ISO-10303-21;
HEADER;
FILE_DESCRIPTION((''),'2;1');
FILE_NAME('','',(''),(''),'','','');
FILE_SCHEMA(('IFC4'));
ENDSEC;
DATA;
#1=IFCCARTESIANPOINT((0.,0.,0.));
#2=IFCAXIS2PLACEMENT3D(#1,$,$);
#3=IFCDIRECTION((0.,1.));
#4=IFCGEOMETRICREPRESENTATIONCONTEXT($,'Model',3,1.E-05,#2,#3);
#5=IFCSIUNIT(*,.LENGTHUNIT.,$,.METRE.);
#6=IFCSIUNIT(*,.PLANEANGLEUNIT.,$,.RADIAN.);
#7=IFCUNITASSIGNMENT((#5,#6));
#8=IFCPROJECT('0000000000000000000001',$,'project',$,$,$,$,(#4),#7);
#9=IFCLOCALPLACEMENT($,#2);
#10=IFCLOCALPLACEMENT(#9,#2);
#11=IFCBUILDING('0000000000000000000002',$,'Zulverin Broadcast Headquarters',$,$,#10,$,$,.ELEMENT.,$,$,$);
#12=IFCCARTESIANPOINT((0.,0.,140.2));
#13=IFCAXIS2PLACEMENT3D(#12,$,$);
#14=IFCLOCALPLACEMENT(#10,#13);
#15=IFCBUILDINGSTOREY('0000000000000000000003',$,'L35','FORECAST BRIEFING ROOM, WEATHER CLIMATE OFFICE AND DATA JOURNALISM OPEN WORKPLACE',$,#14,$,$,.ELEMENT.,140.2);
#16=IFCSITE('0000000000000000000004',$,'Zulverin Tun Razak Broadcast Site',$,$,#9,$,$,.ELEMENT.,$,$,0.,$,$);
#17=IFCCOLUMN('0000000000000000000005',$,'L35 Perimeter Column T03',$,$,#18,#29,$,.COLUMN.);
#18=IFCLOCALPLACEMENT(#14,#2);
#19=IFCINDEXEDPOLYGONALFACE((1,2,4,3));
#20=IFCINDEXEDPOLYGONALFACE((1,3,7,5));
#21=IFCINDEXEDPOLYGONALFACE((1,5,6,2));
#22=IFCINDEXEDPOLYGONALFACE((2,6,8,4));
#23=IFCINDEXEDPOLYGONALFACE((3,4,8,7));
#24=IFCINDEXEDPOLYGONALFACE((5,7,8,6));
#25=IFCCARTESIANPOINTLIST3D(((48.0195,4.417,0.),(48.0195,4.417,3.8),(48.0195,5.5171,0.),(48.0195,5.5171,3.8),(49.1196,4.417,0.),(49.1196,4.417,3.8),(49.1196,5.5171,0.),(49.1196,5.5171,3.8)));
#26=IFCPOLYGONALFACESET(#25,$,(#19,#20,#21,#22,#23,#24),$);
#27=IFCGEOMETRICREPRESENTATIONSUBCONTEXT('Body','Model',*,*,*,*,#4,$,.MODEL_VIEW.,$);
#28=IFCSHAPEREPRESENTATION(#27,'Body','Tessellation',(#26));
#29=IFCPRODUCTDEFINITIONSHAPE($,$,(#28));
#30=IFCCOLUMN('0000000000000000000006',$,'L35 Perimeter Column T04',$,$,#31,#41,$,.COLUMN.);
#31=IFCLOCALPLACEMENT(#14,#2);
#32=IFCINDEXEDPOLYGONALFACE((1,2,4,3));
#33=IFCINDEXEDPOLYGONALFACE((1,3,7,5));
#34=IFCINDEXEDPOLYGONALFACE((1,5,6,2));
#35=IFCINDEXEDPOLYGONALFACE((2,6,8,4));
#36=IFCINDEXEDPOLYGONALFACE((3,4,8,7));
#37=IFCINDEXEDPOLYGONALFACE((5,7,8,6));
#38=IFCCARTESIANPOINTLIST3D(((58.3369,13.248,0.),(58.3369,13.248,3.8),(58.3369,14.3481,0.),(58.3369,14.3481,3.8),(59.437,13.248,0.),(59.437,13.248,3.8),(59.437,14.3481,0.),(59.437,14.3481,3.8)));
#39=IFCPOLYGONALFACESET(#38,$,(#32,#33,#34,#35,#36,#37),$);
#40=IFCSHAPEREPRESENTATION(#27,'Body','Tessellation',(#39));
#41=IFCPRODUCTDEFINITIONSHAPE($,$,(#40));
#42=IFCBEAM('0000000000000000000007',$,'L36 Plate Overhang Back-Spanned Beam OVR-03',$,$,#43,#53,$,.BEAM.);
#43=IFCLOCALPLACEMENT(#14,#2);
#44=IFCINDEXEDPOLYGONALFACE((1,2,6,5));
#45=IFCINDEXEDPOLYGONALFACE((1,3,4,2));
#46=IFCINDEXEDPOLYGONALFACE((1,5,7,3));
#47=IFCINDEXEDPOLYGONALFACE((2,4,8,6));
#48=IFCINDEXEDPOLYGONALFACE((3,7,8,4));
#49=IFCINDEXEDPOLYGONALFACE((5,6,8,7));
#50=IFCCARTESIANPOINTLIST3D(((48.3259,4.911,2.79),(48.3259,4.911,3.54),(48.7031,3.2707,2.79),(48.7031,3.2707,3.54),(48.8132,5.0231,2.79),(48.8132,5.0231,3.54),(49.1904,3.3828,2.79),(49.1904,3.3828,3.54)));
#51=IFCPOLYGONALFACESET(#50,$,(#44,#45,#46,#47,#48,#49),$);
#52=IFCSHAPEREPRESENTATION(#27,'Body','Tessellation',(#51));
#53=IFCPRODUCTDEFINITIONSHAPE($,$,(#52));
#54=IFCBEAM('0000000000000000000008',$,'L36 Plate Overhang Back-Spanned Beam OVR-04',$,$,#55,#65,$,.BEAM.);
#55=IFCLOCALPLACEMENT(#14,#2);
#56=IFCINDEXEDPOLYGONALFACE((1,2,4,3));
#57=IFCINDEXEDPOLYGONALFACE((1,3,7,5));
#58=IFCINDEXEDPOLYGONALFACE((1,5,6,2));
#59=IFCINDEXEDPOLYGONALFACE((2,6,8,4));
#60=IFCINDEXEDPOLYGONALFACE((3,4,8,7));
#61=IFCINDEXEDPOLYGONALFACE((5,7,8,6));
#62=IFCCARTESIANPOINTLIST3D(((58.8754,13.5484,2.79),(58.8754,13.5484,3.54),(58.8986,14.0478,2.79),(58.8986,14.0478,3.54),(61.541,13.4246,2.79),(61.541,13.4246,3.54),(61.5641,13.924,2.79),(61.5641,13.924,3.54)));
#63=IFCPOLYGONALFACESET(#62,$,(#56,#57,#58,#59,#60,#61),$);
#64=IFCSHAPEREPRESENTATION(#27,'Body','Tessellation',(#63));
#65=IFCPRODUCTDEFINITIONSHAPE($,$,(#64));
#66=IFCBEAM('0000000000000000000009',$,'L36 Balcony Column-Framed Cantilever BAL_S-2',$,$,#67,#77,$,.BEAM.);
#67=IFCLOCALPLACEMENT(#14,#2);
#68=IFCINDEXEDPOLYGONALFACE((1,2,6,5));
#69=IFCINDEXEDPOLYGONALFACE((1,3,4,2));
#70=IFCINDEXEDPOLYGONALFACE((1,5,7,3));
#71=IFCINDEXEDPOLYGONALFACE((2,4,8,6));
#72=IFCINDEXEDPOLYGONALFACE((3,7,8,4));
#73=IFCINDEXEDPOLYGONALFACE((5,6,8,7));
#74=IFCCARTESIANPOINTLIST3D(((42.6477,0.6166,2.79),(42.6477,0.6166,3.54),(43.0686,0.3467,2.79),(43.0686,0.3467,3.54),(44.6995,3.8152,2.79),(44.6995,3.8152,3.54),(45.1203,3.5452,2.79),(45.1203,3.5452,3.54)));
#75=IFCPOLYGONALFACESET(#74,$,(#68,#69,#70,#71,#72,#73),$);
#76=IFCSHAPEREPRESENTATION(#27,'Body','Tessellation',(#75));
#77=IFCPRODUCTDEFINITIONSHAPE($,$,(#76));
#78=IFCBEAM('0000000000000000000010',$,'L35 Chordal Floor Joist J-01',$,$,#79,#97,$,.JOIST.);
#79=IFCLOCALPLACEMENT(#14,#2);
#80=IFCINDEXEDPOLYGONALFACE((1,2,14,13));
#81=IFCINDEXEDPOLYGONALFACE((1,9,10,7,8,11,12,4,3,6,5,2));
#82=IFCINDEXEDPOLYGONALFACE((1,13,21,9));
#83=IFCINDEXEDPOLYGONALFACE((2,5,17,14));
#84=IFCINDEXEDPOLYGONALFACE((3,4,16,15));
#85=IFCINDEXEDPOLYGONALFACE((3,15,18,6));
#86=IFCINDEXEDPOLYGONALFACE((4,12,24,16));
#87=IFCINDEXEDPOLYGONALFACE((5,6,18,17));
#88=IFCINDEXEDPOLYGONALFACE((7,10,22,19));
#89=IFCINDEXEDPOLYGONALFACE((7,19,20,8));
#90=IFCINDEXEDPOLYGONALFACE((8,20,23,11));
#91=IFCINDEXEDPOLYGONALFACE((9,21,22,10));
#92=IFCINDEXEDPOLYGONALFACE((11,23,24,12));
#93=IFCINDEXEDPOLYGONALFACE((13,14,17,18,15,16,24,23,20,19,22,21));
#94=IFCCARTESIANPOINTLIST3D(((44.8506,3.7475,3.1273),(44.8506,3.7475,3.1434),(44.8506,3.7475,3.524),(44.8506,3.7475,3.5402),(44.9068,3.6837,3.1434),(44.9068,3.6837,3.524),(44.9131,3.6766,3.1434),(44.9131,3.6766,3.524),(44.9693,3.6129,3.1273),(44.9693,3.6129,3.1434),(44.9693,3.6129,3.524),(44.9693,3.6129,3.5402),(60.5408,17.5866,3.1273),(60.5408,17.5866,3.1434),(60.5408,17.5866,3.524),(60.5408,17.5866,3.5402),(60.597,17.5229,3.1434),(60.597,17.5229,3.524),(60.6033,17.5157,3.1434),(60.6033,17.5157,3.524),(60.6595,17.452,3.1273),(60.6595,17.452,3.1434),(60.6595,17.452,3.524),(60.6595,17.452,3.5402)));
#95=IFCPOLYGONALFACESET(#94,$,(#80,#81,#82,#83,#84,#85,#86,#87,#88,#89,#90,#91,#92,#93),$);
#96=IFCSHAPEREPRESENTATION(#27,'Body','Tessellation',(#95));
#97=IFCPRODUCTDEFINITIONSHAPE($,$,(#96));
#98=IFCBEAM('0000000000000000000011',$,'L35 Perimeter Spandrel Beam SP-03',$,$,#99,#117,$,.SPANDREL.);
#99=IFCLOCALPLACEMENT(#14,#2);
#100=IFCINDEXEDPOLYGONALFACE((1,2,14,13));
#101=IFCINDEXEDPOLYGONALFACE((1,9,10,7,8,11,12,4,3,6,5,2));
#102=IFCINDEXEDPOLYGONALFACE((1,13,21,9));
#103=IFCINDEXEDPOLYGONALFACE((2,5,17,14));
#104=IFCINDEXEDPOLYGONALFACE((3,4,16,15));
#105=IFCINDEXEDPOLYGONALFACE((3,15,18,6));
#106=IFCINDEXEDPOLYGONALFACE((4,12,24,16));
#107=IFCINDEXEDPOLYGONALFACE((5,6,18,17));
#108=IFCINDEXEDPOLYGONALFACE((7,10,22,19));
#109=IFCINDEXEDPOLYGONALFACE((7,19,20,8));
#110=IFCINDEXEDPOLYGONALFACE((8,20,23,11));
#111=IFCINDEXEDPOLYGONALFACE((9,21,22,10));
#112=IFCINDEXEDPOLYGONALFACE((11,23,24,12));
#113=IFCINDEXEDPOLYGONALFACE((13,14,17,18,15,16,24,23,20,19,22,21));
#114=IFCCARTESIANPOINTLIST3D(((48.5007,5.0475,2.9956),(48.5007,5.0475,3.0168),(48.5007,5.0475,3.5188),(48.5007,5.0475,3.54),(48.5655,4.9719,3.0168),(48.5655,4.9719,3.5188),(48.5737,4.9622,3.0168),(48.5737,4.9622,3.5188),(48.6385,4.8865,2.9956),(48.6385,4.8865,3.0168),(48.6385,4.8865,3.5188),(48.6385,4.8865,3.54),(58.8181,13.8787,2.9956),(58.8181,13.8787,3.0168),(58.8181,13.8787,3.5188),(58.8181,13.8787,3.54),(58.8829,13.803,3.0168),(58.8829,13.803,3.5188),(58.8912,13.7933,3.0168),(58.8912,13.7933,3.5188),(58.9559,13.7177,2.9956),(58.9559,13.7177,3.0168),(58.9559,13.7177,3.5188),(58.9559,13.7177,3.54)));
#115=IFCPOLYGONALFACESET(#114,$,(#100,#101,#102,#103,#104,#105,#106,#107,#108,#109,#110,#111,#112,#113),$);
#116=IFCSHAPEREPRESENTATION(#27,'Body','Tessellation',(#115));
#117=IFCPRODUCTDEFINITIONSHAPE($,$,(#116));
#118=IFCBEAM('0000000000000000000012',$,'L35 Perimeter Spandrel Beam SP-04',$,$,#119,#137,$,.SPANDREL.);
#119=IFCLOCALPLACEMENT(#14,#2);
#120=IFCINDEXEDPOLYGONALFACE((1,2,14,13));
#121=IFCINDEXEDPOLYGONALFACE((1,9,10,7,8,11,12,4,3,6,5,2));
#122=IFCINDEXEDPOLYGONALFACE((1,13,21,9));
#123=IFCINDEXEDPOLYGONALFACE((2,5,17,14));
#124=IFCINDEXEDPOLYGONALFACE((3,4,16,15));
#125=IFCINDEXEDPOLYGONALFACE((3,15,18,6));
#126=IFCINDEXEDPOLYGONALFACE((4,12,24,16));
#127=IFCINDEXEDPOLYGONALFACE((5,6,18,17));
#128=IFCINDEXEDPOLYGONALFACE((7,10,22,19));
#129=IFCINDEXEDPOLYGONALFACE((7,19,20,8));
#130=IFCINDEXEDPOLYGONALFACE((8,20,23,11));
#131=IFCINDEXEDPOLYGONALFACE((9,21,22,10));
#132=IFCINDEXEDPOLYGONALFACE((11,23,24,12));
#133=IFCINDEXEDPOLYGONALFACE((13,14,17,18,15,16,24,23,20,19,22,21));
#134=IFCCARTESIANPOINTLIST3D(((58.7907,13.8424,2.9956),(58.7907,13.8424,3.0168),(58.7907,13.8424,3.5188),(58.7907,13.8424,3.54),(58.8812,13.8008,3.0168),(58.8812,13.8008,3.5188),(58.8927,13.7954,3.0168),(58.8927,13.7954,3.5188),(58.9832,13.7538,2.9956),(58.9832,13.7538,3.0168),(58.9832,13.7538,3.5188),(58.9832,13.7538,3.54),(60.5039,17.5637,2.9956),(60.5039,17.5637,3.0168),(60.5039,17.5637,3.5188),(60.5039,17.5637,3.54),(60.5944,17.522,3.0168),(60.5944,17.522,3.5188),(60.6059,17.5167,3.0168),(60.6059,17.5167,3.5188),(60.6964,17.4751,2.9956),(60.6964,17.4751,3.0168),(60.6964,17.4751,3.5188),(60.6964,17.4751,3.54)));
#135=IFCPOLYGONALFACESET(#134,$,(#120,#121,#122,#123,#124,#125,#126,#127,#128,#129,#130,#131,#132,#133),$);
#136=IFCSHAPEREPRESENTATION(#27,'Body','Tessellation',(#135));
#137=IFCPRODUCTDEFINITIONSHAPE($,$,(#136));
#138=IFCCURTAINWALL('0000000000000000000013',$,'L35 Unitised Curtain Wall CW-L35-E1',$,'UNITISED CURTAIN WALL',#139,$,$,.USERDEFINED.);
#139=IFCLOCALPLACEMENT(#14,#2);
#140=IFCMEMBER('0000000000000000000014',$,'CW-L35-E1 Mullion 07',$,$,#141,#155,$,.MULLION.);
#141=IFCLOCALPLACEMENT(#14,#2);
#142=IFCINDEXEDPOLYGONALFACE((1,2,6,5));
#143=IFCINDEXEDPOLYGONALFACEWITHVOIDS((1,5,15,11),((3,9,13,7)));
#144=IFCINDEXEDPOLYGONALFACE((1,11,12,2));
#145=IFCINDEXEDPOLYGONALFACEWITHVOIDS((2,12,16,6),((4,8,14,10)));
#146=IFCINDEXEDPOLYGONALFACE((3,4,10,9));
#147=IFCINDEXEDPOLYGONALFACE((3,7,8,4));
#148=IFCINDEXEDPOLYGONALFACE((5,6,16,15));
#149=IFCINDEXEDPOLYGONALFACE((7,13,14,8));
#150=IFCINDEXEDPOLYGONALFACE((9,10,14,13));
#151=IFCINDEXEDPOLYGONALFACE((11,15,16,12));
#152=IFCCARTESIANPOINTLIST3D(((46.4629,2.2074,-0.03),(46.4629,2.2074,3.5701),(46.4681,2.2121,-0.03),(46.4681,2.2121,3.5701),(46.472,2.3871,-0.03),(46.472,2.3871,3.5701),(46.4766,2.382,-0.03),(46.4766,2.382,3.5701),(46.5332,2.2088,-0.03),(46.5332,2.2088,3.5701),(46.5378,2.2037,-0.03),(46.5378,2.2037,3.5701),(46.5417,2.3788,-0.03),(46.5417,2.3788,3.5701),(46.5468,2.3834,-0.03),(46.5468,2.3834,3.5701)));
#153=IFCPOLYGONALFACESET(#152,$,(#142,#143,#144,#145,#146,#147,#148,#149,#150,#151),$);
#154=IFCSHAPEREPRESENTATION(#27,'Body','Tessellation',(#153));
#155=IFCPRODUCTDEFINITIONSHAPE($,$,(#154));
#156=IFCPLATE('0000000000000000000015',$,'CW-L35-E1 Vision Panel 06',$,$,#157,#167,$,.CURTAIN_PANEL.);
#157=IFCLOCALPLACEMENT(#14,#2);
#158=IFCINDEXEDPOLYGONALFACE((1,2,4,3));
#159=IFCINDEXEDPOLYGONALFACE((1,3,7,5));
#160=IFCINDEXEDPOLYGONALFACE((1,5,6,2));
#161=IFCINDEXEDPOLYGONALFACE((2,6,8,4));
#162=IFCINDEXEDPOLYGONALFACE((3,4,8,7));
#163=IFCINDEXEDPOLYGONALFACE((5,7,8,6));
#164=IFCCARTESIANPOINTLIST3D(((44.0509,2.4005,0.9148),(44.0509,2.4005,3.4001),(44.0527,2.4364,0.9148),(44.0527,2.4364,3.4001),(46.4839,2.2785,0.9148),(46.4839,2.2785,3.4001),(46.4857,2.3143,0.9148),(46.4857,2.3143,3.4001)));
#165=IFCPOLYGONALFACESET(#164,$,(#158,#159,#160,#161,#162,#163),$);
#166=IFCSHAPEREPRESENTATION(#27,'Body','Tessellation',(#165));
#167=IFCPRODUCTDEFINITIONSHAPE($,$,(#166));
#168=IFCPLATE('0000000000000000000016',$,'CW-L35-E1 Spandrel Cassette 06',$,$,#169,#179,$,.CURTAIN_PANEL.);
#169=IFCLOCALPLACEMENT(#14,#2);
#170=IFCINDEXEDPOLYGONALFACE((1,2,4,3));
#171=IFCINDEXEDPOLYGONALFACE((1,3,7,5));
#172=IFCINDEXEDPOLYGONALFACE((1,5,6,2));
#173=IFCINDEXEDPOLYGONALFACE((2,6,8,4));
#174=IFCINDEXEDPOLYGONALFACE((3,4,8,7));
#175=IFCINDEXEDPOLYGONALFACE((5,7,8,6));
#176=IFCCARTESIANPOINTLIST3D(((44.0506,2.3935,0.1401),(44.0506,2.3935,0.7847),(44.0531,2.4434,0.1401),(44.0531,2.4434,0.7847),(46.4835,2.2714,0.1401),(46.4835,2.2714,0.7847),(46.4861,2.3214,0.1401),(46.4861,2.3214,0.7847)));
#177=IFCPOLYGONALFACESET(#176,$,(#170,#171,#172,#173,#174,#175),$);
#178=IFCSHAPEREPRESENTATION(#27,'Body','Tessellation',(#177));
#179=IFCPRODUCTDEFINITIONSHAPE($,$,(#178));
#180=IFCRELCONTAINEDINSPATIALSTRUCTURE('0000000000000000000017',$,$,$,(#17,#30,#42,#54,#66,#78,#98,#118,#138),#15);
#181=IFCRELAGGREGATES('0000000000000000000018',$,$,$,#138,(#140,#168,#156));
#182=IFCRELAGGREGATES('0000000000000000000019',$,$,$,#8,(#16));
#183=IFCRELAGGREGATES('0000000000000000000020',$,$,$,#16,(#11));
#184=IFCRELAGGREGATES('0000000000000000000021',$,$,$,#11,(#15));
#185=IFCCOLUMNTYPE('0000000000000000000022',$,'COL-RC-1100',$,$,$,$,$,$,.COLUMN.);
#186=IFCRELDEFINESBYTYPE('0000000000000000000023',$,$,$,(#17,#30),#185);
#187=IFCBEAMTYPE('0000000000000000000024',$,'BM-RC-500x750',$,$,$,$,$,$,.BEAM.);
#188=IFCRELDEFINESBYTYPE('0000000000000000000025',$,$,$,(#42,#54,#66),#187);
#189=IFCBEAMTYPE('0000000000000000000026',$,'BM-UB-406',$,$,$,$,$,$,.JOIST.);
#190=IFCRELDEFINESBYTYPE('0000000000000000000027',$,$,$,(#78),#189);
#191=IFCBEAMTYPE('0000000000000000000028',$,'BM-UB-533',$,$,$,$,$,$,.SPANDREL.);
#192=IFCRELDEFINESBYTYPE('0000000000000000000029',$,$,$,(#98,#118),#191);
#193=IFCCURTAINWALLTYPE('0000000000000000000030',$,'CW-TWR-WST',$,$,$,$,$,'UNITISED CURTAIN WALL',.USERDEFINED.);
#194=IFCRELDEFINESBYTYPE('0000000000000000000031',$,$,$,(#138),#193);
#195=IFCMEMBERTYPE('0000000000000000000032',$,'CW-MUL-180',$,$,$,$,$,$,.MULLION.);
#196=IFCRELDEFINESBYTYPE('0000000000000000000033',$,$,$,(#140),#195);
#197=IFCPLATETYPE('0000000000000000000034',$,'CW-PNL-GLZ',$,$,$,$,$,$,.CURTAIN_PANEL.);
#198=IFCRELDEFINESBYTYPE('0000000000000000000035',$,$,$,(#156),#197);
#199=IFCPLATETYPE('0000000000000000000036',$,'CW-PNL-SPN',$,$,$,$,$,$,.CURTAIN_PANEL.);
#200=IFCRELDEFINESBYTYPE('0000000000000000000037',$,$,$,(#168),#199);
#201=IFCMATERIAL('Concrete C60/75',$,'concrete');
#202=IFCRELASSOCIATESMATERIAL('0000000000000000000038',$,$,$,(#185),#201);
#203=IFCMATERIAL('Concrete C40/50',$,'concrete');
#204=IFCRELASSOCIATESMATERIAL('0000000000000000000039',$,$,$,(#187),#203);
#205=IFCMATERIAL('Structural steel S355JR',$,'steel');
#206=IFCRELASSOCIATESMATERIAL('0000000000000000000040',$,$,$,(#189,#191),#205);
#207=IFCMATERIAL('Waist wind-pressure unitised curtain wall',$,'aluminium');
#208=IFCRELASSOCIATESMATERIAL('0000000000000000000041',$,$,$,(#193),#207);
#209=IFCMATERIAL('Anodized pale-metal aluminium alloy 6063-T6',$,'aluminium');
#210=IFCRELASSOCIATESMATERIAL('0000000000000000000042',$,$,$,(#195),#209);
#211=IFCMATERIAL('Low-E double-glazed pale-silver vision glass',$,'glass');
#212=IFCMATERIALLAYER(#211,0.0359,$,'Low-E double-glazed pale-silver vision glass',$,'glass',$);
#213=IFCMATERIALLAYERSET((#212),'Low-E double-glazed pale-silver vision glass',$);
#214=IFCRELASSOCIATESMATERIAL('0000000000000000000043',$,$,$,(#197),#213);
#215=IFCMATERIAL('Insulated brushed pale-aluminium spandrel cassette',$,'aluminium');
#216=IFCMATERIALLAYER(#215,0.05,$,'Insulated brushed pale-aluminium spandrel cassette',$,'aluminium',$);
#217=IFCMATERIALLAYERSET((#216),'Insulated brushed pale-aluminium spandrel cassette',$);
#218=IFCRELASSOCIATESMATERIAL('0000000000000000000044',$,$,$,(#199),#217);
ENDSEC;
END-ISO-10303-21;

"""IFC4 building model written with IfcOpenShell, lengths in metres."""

from ifc_helpers import new_model, si_unit, direction, frame, origin, origin_2d, place, context, subcontext, project, spatial, rectangle, hollow_rectangle, i_section, extrude, material, layer, layer_set, material_profile, profile_set, type_object, element, aggregate, save


model = new_model("IFC4")

# Units and contexts
model_context = context("Model", 3, precision=1e-05, world=origin(), true_north=direction((0.0, 1.0)))
body_context = subcontext(model_context, "Body", "Model", "MODEL_VIEW")
ifc_project = project(units=[si_unit("LENGTHUNIT", "METRE"), si_unit("PLANEANGLEUNIT", "RADIAN")], contexts=[model_context])

# Site, building, storey
site_placement = place(None, origin())
site = spatial("IfcSite", under=ifc_project, at=site_placement, Name="Zulverin Tun Razak Broadcast Site", CompositionType="ELEMENT", RefElevation=0.0)
building_placement = place(site_placement, origin())
building = spatial("IfcBuilding", under=site, at=building_placement, Name="Zulverin Broadcast Headquarters", CompositionType="ELEMENT")
storey_placement = place(building_placement, frame((0.0, 0.0, 140.2)))
storey = spatial("IfcBuildingStorey", under=building, at=storey_placement, Name="L35", Description="FORECAST BRIEFING ROOM, WEATHER CLIMATE OFFICE AND DATA JOURNALISM OPEN WORKPLACE", CompositionType="ELEMENT", Elevation=140.2)

# Columns
ifc_material_1 = material(Name="Concrete C60/75", Category="concrete")
ifc_material_profile_1 = material_profile(ifc_material_1, rectangle(XDim=1.1001, YDim=1.1001, at=origin_2d()), Name="Concrete C60/75", Category="concrete")
ifc_profile_set_1 = profile_set([ifc_material_profile_1], Name="Concrete C60/75")
column_type = type_object("IfcColumnType", Name="COL-RC-1100", PredefinedType="COLUMN", material=ifc_profile_set_1)
for number, where, z_axis, x_axis, name in (
    (1, (48.5696, 4.967, 0.0), (0.0, 0.0, 1.0), (1.0, 0.0, 0.0), "L35 Perimeter Column T03"),
    (2, (58.887, 13.7981, 0.0), (0.0, 0.0, 1.0), (1.0, 0.0, 0.0), "L35 Perimeter Column T04"),
):
    element("IfcColumn", number, at=place(storey_placement, frame(where, z_axis=z_axis, x_axis=x_axis)), inside=storey, type_object=column_type, Name=name, PredefinedType="COLUMN", context=body_context, shape_type="SweptSolid", body=[
        extrude(rectangle(XDim=1.1001, YDim=1.1001, at=origin_2d()), origin(), (0.0, 0.0, 1.0), 3.8),
    ])

# Beams
ifc_material_2 = material(Name="Concrete C40/50", Category="concrete")
ifc_material_profile_2 = material_profile(ifc_material_2, rectangle(XDim=0.5, YDim=0.75, at=origin_2d()), Name="Concrete C40/50", Category="concrete")
ifc_profile_set_2 = profile_set([ifc_material_profile_2], Name="Concrete C40/50")
beam_type_1 = type_object("IfcBeamType", Name="BM-RC-500x750", PredefinedType="BEAM", material=ifc_profile_set_2)
beam_1_placement = place(storey_placement, frame((48.5696, 4.967, 3.165), z_axis=(0.224097, -0.974567, 0.0), x_axis=(0.974567, 0.224097, 0.0)))
element("IfcBeam", 3, at=beam_1_placement, inside=storey, type_object=beam_type_1, Name="L36 Plate Overhang Back-Spanned Beam OVR-03", PredefinedType="BEAM", context=body_context, shape_type="SweptSolid", body=[
    extrude(rectangle(XDim=0.5, YDim=0.75, at=origin_2d()), origin(), (0.0, 0.0, 1.0), 1.6831),
])
beam_2_placement = place(storey_placement, frame((58.887, 13.7981, 3.165), z_axis=(0.998924, -0.046387, 0.0), x_axis=(0.046387, 0.998924, 0.0)))
element("IfcBeam", 4, at=beam_2_placement, inside=storey, type_object=beam_type_1, Name="L36 Plate Overhang Back-Spanned Beam OVR-04", PredefinedType="BEAM", context=body_context, shape_type="SweptSolid", body=[
    extrude(rectangle(XDim=0.5, YDim=0.75, at=origin_2d()), origin(), (0.0, 0.0, 1.0), 2.6685),
])
beam_3_placement = place(storey_placement, frame((44.9099, 3.6802, 3.165), z_axis=(-0.539936, -0.841706, 0.0), x_axis=(0.841706, -0.539936, 0.0)))
element("IfcBeam", 5, at=beam_3_placement, inside=storey, type_object=beam_type_1, Name="L36 Balcony Column-Framed Cantilever BAL_S-2", PredefinedType="BEAM", context=body_context, shape_type="SweptSolid", body=[
    extrude(rectangle(XDim=0.5, YDim=0.75, at=origin_2d()), origin(), (0.0, 0.0, 1.0), 3.8),
])
ifc_material_3 = material(Name="Structural steel S355JR", Category="steel")
ifc_material_profile_3 = material_profile(ifc_material_3, i_section(OverallWidth=0.1794, OverallDepth=0.4128, WebThickness=0.0095, FlangeThickness=0.0161, at=origin_2d()), Name="Structural steel S355JR", Category="steel")
ifc_profile_set_3 = profile_set([ifc_material_profile_3], Name="Structural steel S355JR")
beam_type_2 = type_object("IfcBeamType", Name="BM-UB-406", PredefinedType="JOIST", material=ifc_profile_set_3)
beam_4_placement = place(storey_placement, frame((44.9099, 3.6802, 3.3337), z_axis=(0.74996, 0.661483, 0.0), x_axis=(-0.661483, 0.74996, 0.0)))
element("IfcBeam", 6, at=beam_4_placement, inside=storey, type_object=beam_type_2, Name="L35 Chordal Floor Joist J-01", PredefinedType="JOIST", context=body_context, shape_type="SweptSolid", body=[
    extrude(i_section(OverallWidth=0.1794, OverallDepth=0.4128, WebThickness=0.0095, FlangeThickness=0.0161, at=origin_2d()), origin(), (0.0, 0.0, 1.0), 20.9214),
])
ifc_material_profile_4 = material_profile(ifc_material_3, i_section(OverallWidth=0.2119, OverallDepth=0.5444, WebThickness=0.0127, FlangeThickness=0.0212, at=origin_2d()), Name="Structural steel S355JR", Category="steel")
ifc_profile_set_4 = profile_set([ifc_material_profile_4], Name="Structural steel S355JR")
beam_type_3 = type_object("IfcBeamType", Name="BM-UB-533", PredefinedType="SPANDREL", material=ifc_profile_set_4)
beam_5_placement = place(storey_placement, frame((48.5696, 4.967, 3.2678), z_axis=(0.759708, 0.650264, 0.0), x_axis=(-0.650264, 0.759708, 0.0)))
element("IfcBeam", 7, at=beam_5_placement, inside=storey, type_object=beam_type_3, Name="L35 Perimeter Spandrel Beam SP-03", PredefinedType="SPANDREL", context=body_context, shape_type="SweptSolid", body=[
    extrude(i_section(OverallWidth=0.2119, OverallDepth=0.5444, WebThickness=0.0127, FlangeThickness=0.0212, at=origin_2d()), origin(), (0.0, 0.0, 1.0), 13.5808),
])
beam_6_placement = place(storey_placement, frame((58.887, 13.7981, 3.2678), z_axis=(0.418185, 0.908362, 0.0), x_axis=(-0.908362, 0.418185, 0.0)))
element("IfcBeam", 8, at=beam_6_placement, inside=storey, type_object=beam_type_3, Name="L35 Perimeter Spandrel Beam SP-04", PredefinedType="SPANDREL", context=body_context, shape_type="SweptSolid", body=[
    extrude(i_section(OverallWidth=0.2119, OverallDepth=0.5444, WebThickness=0.0127, FlangeThickness=0.0212, at=origin_2d()), origin(), (0.0, 0.0, 1.0), 4.0967),
])

# Curtain wall, member, plates
ifc_material_4 = material(Name="Waist wind-pressure unitised curtain wall", Category="aluminium")
curtain_wall_type = type_object("IfcCurtainWallType", Name="CW-TWR-WST", ElementType="UNITISED CURTAIN WALL", PredefinedType="USERDEFINED", material=ifc_material_4)
curtain_wall_placement = place(storey_placement, origin())
curtain_wall = element("IfcCurtainWall", 9, at=curtain_wall_placement, inside=storey, type_object=curtain_wall_type, Name="L35 Unitised Curtain Wall CW-L35-E1", ObjectType="UNITISED CURTAIN WALL", PredefinedType="USERDEFINED")
ifc_material_5 = material(Name="Anodized pale-metal aluminium alloy 6063-T6", Category="aluminium")
ifc_material_profile_5 = material_profile(ifc_material_5, hollow_rectangle(XDim=0.075, YDim=0.1799, WallThickness=0.0049, at=origin_2d()), Name="Anodized pale-metal aluminium alloy 6063-T6", Category="aluminium")
ifc_profile_set_5 = profile_set([ifc_material_profile_5], Name="Anodized pale-metal aluminium alloy 6063-T6")
member_type = type_object("IfcMemberType", Name="CW-MUL-180", PredefinedType="MULLION", material=ifc_profile_set_5)
member_placement = place(storey_placement, frame((46.5049, 2.2954, -0.03), z_axis=(0.0, 0.0, 1.0), x_axis=(0.998744, -0.050107, 0.0)))
member = element("IfcMember", 10, at=member_placement, type_object=member_type, Name="CW-L35-E1 Mullion 07", PredefinedType="MULLION", context=body_context, shape_type="SweptSolid", body=[
    extrude(hollow_rectangle(XDim=0.075, YDim=0.1799, WallThickness=0.0049, at=origin_2d()), origin(), (0.0, 0.0, 1.0), 3.6001),
])
ifc_material_6 = material(Name="Low-E double-glazed pale-silver vision glass", Category="glass")
ifc_layer_1 = layer(ifc_material_6, 0.0359, Name="Low-E double-glazed pale-silver vision glass", Category="glass")
ifc_layer_set_1 = layer_set([ifc_layer_1], Name="Low-E double-glazed pale-silver vision glass")
plate_type_1 = type_object("IfcPlateType", Name="CW-PNL-GLZ", PredefinedType="CURTAIN_PANEL", material=ifc_layer_set_1)
plate_1_placement = place(storey_placement, frame((45.2683, 2.3574, 0.9148), z_axis=(0.0, 0.0, 1.0), x_axis=(0.998744, -0.050107, 0.0)))
plate_1 = element("IfcPlate", 11, at=plate_1_placement, type_object=plate_type_1, Name="CW-L35-E1 Vision Panel 06", PredefinedType="CURTAIN_PANEL", context=body_context, shape_type="SweptSolid", body=[
    extrude(rectangle(XDim=2.436, YDim=0.0359, at=origin_2d()), origin(), (0.0, 0.0, 1.0), 2.4854),
])
ifc_material_7 = material(Name="Insulated brushed pale-aluminium spandrel cassette", Category="aluminium")
ifc_layer_2 = layer(ifc_material_7, 0.05, Name="Insulated brushed pale-aluminium spandrel cassette", Category="aluminium")
ifc_layer_set_2 = layer_set([ifc_layer_2], Name="Insulated brushed pale-aluminium spandrel cassette")
plate_type_2 = type_object("IfcPlateType", Name="CW-PNL-SPN", PredefinedType="CURTAIN_PANEL", material=ifc_layer_set_2)
plate_2_placement = place(storey_placement, frame((45.2683, 2.3574, 0.1401), z_axis=(0.0, 0.0, 1.0), x_axis=(0.998744, -0.050107, 0.0)))
plate_2 = element("IfcPlate", 12, at=plate_2_placement, type_object=plate_type_2, Name="CW-L35-E1 Spandrel Cassette 06", PredefinedType="CURTAIN_PANEL", context=body_context, shape_type="SweptSolid", body=[
    extrude(rectangle(XDim=2.436, YDim=0.05, at=origin_2d()), origin(), (0.0, 0.0, 1.0), 0.6445),
])
aggregate(curtain_wall, [member, plate_2, plate_1])

save(model, "model.ifc")
